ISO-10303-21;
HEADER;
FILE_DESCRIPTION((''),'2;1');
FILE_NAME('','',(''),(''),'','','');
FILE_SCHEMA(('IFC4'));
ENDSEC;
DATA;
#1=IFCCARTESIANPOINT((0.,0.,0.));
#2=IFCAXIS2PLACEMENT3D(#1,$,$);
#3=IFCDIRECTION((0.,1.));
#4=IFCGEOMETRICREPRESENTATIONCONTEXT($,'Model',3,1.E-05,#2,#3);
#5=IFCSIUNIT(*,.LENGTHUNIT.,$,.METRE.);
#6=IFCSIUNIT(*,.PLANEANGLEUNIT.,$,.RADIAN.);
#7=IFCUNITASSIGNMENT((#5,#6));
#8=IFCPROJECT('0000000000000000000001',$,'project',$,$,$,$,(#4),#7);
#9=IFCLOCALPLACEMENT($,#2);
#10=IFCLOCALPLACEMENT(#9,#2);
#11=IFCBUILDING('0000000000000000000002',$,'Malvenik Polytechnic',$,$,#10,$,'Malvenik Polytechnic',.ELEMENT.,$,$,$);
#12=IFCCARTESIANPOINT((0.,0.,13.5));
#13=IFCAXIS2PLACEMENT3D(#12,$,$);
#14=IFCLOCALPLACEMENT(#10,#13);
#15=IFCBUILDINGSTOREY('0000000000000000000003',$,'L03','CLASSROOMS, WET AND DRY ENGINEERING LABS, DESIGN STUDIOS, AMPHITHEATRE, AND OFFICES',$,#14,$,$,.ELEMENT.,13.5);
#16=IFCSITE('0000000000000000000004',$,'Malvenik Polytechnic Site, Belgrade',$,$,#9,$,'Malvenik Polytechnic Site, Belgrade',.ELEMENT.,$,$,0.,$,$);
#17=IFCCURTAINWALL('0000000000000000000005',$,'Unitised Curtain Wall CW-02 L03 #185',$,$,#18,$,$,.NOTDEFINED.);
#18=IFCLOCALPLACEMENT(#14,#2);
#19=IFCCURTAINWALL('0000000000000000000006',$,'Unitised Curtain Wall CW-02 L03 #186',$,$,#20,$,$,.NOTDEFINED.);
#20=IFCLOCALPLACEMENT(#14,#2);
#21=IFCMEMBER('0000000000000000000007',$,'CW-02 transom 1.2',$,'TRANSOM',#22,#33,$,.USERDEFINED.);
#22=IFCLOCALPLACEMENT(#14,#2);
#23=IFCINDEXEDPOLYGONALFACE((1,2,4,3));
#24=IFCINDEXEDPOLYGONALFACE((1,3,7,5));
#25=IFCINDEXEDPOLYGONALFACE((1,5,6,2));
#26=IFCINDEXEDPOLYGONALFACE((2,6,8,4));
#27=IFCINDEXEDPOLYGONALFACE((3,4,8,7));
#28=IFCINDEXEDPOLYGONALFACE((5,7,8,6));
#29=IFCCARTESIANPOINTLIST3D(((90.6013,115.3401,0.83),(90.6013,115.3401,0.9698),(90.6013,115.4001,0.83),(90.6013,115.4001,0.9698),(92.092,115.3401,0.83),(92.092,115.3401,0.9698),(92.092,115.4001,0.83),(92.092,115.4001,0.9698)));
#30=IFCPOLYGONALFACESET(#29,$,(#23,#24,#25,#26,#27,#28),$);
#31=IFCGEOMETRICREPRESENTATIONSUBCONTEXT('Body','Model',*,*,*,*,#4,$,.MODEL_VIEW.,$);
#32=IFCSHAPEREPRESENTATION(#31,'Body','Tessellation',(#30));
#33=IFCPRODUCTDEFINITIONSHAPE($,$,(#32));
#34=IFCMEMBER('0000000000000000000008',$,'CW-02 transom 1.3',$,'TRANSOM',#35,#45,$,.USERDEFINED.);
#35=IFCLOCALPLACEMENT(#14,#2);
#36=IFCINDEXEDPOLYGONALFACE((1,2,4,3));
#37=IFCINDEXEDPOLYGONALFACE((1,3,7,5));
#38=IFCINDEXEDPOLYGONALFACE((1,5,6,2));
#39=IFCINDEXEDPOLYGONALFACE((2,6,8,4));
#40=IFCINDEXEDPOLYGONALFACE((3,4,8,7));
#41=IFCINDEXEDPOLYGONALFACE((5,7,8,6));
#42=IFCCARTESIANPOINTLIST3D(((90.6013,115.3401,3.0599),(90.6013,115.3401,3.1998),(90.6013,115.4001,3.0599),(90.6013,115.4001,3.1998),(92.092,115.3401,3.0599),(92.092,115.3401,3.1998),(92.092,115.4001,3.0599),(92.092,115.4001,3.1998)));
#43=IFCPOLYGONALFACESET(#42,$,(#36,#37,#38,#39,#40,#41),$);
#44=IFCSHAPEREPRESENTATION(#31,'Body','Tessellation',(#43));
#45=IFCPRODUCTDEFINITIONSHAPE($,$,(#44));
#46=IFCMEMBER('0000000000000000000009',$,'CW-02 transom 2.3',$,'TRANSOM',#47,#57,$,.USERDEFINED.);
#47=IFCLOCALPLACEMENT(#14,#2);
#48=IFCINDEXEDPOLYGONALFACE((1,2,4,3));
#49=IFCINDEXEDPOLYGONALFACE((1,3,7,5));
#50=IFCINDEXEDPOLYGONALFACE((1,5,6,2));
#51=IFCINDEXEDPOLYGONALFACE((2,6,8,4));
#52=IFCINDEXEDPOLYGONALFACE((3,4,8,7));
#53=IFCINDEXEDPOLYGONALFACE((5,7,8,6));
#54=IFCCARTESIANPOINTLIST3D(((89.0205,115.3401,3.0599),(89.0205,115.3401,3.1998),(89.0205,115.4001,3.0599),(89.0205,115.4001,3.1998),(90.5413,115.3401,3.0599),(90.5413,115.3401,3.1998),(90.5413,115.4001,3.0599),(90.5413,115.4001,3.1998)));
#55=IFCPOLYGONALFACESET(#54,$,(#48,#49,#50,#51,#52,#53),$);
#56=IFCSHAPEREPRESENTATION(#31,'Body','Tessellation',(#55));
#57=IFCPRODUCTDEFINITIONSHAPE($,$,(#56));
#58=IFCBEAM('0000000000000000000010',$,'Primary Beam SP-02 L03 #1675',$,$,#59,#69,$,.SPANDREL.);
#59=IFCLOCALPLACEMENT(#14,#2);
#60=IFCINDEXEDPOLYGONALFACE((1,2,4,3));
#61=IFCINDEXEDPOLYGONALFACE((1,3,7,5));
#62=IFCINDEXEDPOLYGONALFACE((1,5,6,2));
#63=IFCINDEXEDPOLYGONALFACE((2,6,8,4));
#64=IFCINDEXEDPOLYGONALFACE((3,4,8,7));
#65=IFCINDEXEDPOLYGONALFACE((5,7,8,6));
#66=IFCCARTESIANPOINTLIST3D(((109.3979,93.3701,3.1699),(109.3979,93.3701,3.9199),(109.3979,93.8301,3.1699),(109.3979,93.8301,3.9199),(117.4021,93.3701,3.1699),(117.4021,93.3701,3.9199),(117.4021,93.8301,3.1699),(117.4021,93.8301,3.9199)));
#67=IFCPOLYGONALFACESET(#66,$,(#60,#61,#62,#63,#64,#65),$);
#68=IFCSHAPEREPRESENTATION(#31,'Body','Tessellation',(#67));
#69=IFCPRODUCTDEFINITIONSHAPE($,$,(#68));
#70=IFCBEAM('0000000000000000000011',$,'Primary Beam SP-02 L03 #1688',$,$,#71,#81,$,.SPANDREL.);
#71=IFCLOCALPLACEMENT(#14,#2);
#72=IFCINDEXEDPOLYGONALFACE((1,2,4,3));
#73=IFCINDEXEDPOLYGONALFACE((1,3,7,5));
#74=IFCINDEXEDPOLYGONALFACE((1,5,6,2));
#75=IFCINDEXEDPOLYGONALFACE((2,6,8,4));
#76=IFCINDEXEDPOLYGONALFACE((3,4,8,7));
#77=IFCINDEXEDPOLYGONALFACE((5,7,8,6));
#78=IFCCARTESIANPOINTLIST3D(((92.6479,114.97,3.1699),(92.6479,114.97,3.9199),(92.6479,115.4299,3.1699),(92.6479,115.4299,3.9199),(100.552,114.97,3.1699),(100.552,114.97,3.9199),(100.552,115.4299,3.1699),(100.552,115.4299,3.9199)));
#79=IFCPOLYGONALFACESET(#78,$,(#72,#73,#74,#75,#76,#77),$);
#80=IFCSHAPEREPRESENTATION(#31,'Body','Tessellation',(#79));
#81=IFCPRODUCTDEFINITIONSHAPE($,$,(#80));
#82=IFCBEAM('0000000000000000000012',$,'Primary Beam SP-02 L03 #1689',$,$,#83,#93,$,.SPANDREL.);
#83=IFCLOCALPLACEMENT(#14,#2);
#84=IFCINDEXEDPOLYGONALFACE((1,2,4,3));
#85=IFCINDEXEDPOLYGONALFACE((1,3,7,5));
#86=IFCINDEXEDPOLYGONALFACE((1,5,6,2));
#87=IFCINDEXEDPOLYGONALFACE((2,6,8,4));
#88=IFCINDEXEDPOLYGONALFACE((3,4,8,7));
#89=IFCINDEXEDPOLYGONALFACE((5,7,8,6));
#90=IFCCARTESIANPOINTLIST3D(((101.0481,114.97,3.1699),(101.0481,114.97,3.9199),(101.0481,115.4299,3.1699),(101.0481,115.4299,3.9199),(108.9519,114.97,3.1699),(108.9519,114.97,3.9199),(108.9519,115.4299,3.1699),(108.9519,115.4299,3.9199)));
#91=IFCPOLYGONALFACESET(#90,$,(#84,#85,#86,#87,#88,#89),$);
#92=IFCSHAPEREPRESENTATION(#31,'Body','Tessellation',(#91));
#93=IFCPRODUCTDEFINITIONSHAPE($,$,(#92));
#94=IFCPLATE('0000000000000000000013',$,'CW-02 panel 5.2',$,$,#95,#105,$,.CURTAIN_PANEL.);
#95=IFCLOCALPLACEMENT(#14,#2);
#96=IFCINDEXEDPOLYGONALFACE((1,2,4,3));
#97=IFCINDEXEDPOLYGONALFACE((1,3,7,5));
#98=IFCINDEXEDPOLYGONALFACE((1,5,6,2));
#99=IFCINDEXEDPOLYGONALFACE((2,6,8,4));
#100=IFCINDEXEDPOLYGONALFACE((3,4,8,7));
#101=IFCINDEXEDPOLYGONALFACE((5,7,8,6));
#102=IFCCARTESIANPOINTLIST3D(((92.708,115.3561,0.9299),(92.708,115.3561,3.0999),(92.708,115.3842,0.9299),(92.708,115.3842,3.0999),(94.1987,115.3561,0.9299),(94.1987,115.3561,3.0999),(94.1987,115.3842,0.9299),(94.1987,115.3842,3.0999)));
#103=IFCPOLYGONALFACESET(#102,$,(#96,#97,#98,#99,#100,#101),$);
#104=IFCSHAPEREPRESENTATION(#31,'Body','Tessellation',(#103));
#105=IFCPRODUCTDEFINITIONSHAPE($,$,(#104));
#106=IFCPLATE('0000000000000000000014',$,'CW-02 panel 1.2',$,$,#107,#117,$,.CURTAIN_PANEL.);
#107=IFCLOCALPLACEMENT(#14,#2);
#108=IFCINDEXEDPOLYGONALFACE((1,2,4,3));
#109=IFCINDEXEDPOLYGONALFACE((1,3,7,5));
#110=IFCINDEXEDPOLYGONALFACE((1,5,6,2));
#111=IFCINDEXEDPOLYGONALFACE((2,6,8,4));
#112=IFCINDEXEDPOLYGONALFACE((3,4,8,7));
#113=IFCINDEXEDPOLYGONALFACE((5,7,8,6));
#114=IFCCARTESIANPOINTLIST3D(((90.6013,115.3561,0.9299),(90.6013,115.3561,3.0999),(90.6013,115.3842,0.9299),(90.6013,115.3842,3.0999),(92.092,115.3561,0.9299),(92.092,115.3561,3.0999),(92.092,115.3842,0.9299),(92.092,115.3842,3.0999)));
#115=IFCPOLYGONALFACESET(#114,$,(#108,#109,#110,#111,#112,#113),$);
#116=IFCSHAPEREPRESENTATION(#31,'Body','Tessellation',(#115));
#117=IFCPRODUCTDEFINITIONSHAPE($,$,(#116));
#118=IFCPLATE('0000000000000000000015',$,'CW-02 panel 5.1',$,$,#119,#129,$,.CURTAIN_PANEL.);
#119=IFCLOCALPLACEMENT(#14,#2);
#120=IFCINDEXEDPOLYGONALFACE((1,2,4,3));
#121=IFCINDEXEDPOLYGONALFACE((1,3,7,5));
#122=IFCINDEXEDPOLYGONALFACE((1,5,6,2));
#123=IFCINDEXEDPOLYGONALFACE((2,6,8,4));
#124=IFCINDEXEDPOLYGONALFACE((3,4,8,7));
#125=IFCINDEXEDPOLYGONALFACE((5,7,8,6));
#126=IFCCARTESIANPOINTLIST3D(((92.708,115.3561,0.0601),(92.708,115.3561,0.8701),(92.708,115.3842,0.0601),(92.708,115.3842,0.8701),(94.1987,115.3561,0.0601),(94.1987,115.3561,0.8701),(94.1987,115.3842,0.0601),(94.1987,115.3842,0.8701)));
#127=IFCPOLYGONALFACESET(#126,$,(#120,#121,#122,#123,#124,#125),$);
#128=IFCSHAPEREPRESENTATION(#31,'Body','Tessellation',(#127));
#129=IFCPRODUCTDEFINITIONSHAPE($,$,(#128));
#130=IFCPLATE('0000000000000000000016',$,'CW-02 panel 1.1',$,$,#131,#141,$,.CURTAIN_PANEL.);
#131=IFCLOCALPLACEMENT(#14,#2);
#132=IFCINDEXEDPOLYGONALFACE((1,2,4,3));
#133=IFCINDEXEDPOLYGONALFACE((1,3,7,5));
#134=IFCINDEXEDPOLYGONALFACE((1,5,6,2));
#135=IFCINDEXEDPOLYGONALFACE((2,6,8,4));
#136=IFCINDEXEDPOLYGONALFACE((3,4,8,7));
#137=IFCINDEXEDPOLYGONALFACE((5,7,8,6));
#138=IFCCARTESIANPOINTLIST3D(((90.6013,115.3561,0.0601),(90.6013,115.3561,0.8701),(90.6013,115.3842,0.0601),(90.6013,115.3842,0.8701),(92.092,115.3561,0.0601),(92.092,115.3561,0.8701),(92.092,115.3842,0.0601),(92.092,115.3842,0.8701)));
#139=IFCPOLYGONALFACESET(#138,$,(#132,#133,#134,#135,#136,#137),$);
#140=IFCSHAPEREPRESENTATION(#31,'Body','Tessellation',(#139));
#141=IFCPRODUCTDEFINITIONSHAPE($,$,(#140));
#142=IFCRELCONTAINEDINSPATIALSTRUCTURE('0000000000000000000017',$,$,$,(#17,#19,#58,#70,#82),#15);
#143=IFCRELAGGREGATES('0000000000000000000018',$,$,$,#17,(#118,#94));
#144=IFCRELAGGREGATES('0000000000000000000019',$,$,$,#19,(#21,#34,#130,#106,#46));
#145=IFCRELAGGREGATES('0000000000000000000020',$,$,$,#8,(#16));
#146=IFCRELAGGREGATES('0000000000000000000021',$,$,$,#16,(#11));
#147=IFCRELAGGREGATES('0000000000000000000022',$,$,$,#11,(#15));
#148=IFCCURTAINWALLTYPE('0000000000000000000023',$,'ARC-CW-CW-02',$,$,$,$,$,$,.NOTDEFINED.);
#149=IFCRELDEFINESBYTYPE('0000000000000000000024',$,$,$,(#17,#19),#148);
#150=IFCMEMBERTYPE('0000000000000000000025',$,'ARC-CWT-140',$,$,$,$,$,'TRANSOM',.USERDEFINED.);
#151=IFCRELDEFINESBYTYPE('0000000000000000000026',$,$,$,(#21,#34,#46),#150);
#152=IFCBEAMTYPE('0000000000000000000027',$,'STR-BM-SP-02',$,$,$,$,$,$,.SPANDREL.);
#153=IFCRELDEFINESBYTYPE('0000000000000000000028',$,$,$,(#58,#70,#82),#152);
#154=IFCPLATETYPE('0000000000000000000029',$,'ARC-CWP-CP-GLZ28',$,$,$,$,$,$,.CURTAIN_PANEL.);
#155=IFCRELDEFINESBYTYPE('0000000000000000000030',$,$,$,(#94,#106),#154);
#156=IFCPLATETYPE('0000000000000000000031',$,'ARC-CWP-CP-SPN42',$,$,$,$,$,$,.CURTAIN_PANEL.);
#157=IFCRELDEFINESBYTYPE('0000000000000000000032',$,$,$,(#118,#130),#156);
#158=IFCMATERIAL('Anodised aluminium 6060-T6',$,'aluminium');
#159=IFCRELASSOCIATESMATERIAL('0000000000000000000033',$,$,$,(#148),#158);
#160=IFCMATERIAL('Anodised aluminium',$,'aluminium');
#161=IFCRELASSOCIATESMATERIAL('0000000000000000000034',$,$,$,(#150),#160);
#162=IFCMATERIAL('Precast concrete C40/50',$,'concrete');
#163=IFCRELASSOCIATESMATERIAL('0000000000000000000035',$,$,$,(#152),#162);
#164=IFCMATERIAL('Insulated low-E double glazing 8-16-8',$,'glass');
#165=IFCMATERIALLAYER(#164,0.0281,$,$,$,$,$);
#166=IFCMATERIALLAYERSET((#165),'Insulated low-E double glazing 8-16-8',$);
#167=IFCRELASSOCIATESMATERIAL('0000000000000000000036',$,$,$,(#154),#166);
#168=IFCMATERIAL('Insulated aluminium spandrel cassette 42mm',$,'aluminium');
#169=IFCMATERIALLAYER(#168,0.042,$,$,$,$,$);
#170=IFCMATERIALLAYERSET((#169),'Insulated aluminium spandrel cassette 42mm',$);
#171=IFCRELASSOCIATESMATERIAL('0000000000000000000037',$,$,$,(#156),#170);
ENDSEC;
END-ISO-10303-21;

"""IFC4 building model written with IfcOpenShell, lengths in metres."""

from ifc_helpers import new_model, si_unit, direction, frame, origin, origin_2d, place, context, subcontext, project, spatial, rectangle, extrude, material, layer, layer_set, material_profile, profile_set, type_object, element, aggregate, save


model = new_model("IFC4")

# Units and contexts
model_context = context("Model", 3, precision=1e-05, world=origin(), true_north=direction((0.0, 1.0)))
body_context = subcontext(model_context, "Body", "Model", "MODEL_VIEW")
ifc_project = project(units=[si_unit("LENGTHUNIT", "METRE"), si_unit("PLANEANGLEUNIT", "RADIAN")], contexts=[model_context])

# Site, building, storey
site_placement = place(None, origin())
site = spatial("IfcSite", under=ifc_project, at=site_placement, Name="Malvenik Polytechnic Site, Belgrade", LongName="Malvenik Polytechnic Site, Belgrade", CompositionType="ELEMENT", RefElevation=0.0)
building_placement = place(site_placement, origin())
building = spatial("IfcBuilding", under=site, at=building_placement, Name="Malvenik Polytechnic", LongName="Malvenik Polytechnic", CompositionType="ELEMENT")
storey_placement = place(building_placement, frame((0.0, 0.0, 13.5)))
storey = spatial("IfcBuildingStorey", under=building, at=storey_placement, Name="L03", Description="CLASSROOMS, WET AND DRY ENGINEERING LABS, DESIGN STUDIOS, AMPHITHEATRE, AND OFFICES", CompositionType="ELEMENT", Elevation=13.5)

# Curtain wall
ifc_material_1 = material(Name="Anodised aluminium 6060-T6", Category="aluminium")
curtain_wall_type = type_object("IfcCurtainWallType", Name="ARC-CW-CW-02", PredefinedType="NOTDEFINED", material=ifc_material_1)
curtain_wall_1_placement = place(storey_placement, origin())
curtain_wall_1 = element("IfcCurtainWall", 1, at=curtain_wall_1_placement, inside=storey, type_object=curtain_wall_type, Name="Unitised Curtain Wall CW-02 L03 #185", PredefinedType="NOTDEFINED")
ifc_material_2 = material(Name="Anodised aluminium", Category="aluminium")

# Curtain wall, members
curtain_wall_2_placement = place(storey_placement, origin())
curtain_wall_2 = element("IfcCurtainWall", 2, at=curtain_wall_2_placement, inside=storey, type_object=curtain_wall_type, Name="Unitised Curtain Wall CW-02 L03 #186", PredefinedType="NOTDEFINED")
ifc_material_profile_1 = material_profile(ifc_material_2, rectangle(XDim=0.0601, YDim=0.1399, at=origin_2d()), Name="ALU TRANSOM 60x140")
ifc_profile_set_1 = profile_set([ifc_material_profile_1], Name="Anodised aluminium")
member_type_1 = type_object("IfcMemberType", Name="ARC-CWT-140", ElementType="TRANSOM", PredefinedType="USERDEFINED", material=ifc_profile_set_1)
member_1_placement = place(storey_placement, frame((92.092, 115.3701, 0.8999), z_axis=(-1.0, 0.0, 0.0), x_axis=(0.0, -1.0, 0.0)))
member_1 = element("IfcMember", 3, at=member_1_placement, type_object=member_type_1, Name="CW-02 transom 1.2", ObjectType="TRANSOM", PredefinedType="USERDEFINED", context=body_context, shape_type="SweptSolid", body=[
    extrude(rectangle(XDim=0.0601, YDim=0.1399, at=origin_2d()), origin(), (0.0, 0.0, 1.0), 1.4907),
])
member_2_placement = place(storey_placement, frame((92.092, 115.3701, 3.1299), z_axis=(-1.0, 0.0, 0.0), x_axis=(0.0, -1.0, 0.0)))
member_2 = element("IfcMember", 4, at=member_2_placement, type_object=member_type_1, Name="CW-02 transom 1.3", ObjectType="TRANSOM", PredefinedType="USERDEFINED", context=body_context, shape_type="SweptSolid", body=[
    extrude(rectangle(XDim=0.0601, YDim=0.1399, at=origin_2d()), origin(), (0.0, 0.0, 1.0), 1.4907),
])
member_3_placement = place(storey_placement, frame((90.5413, 115.3701, 3.1299), z_axis=(-1.0, 0.0, 0.0), x_axis=(0.0, -1.0, 0.0)))
member_3 = element("IfcMember", 5, at=member_3_placement, type_object=member_type_1, Name="CW-02 transom 2.3", ObjectType="TRANSOM", PredefinedType="USERDEFINED", context=body_context, shape_type="SweptSolid", body=[
    extrude(rectangle(XDim=0.0601, YDim=0.1399, at=origin_2d()), origin(), (0.0, 0.0, 1.0), 1.5208),
])

# Beams
ifc_material_3 = material(Name="Precast concrete C40/50", Category="concrete")
ifc_material_profile_2 = material_profile(ifc_material_3, rectangle(XDim=0.46, YDim=0.75, at=origin_2d()), Name="PC SPN 460x750")
ifc_profile_set_2 = profile_set([ifc_material_profile_2], Name="Precast concrete C40/50")
beam_type = type_object("IfcBeamType", Name="STR-BM-SP-02", PredefinedType="SPANDREL", material=ifc_profile_set_2)
beam_1_placement = place(storey_placement, frame((109.3979, 93.6001, 3.5449), z_axis=(1.0, 0.0, 0.0), x_axis=(0.0, 1.0, 0.0)))
element("IfcBeam", 6, at=beam_1_placement, inside=storey, type_object=beam_type, Name="Primary Beam SP-02 L03 #1675", PredefinedType="SPANDREL", context=body_context, shape_type="SweptSolid", body=[
    extrude(rectangle(XDim=0.46, YDim=0.75, at=origin_2d()), origin(), (0.0, 0.0, 1.0), 8.0042),
])
beam_2_placement = place(storey_placement, frame((92.6479, 115.2, 3.5449), z_axis=(1.0, 0.0, 0.0), x_axis=(0.0, 1.0, 0.0)))
element("IfcBeam", 7, at=beam_2_placement, inside=storey, type_object=beam_type, Name="Primary Beam SP-02 L03 #1688", PredefinedType="SPANDREL", context=body_context, shape_type="SweptSolid", body=[
    extrude(rectangle(XDim=0.46, YDim=0.75, at=origin_2d()), origin(), (0.0, 0.0, 1.0), 7.9041),
])
beam_3_placement = place(storey_placement, frame((101.0481, 115.2, 3.5449), z_axis=(1.0, 0.0, 0.0), x_axis=(0.0, 1.0, 0.0)))
element("IfcBeam", 8, at=beam_3_placement, inside=storey, type_object=beam_type, Name="Primary Beam SP-02 L03 #1689", PredefinedType="SPANDREL", context=body_context, shape_type="SweptSolid", body=[
    extrude(rectangle(XDim=0.46, YDim=0.75, at=origin_2d()), origin(), (0.0, 0.0, 1.0), 7.9038),
])

# Plates
ifc_material_4 = material(Name="Insulated low-E double glazing 8-16-8", Category="glass")
ifc_layer_1 = layer(ifc_material_4, 0.0281)
ifc_layer_set_1 = layer_set([ifc_layer_1], Name="Insulated low-E double glazing 8-16-8")
plate_type_1 = type_object("IfcPlateType", Name="ARC-CWP-CP-GLZ28", PredefinedType="CURTAIN_PANEL", material=ifc_layer_set_1)
plate_1_placement = place(storey_placement, frame((93.4534, 115.3701, 0.9299), z_axis=(0.0, 0.0, 1.0), x_axis=(-1.0, 0.0, 0.0)))
plate_1 = element("IfcPlate", 9, at=plate_1_placement, type_object=plate_type_1, Name="CW-02 panel 5.2", PredefinedType="CURTAIN_PANEL", context=body_context, shape_type="SweptSolid", body=[
    extrude(rectangle(XDim=1.4907, YDim=0.0281, at=origin_2d()), origin(), (0.0, 0.0, 1.0), 2.1699),
])
plate_2_placement = place(storey_placement, frame((91.3467, 115.3701, 0.9299), z_axis=(0.0, 0.0, 1.0), x_axis=(-1.0, 0.0, 0.0)))
plate_2 = element("IfcPlate", 10, at=plate_2_placement, type_object=plate_type_1, Name="CW-02 panel 1.2", PredefinedType="CURTAIN_PANEL", context=body_context, shape_type="SweptSolid", body=[
    extrude(rectangle(XDim=1.4907, YDim=0.0281, at=origin_2d()), origin(), (0.0, 0.0, 1.0), 2.1699),
])
ifc_material_5 = material(Name="Insulated aluminium spandrel cassette 42mm", Category="aluminium")
ifc_layer_2 = layer(ifc_material_5, 0.042)
ifc_layer_set_2 = layer_set([ifc_layer_2], Name="Insulated aluminium spandrel cassette 42mm")
plate_type_2 = type_object("IfcPlateType", Name="ARC-CWP-CP-SPN42", PredefinedType="CURTAIN_PANEL", material=ifc_layer_set_2)
plate_3_placement = place(storey_placement, frame((93.4534, 115.3701, 0.0601), z_axis=(0.0, 0.0, 1.0), x_axis=(-1.0, 0.0, 0.0)))
plate_3 = element("IfcPlate", 11, at=plate_3_placement, type_object=plate_type_2, Name="CW-02 panel 5.1", PredefinedType="CURTAIN_PANEL", context=body_context, shape_type="SweptSolid", body=[
    extrude(rectangle(XDim=1.4907, YDim=0.0281, at=origin_2d()), origin(), (0.0, 0.0, 1.0), 0.8101),
])
aggregate(curtain_wall_1, [plate_3, plate_1])
plate_4_placement = place(storey_placement, frame((91.3467, 115.3701, 0.0601), z_axis=(0.0, 0.0, 1.0), x_axis=(-1.0, 0.0, 0.0)))
plate_4 = element("IfcPlate", 12, at=plate_4_placement, type_object=plate_type_2, Name="CW-02 panel 1.1", PredefinedType="CURTAIN_PANEL", context=body_context, shape_type="SweptSolid", body=[
    extrude(rectangle(XDim=1.4907, YDim=0.0281, at=origin_2d()), origin(), (0.0, 0.0, 1.0), 0.8101),
])
aggregate(curtain_wall_2, [member_1, member_2, plate_4, plate_2, member_3])

save(model, "model.ifc")
